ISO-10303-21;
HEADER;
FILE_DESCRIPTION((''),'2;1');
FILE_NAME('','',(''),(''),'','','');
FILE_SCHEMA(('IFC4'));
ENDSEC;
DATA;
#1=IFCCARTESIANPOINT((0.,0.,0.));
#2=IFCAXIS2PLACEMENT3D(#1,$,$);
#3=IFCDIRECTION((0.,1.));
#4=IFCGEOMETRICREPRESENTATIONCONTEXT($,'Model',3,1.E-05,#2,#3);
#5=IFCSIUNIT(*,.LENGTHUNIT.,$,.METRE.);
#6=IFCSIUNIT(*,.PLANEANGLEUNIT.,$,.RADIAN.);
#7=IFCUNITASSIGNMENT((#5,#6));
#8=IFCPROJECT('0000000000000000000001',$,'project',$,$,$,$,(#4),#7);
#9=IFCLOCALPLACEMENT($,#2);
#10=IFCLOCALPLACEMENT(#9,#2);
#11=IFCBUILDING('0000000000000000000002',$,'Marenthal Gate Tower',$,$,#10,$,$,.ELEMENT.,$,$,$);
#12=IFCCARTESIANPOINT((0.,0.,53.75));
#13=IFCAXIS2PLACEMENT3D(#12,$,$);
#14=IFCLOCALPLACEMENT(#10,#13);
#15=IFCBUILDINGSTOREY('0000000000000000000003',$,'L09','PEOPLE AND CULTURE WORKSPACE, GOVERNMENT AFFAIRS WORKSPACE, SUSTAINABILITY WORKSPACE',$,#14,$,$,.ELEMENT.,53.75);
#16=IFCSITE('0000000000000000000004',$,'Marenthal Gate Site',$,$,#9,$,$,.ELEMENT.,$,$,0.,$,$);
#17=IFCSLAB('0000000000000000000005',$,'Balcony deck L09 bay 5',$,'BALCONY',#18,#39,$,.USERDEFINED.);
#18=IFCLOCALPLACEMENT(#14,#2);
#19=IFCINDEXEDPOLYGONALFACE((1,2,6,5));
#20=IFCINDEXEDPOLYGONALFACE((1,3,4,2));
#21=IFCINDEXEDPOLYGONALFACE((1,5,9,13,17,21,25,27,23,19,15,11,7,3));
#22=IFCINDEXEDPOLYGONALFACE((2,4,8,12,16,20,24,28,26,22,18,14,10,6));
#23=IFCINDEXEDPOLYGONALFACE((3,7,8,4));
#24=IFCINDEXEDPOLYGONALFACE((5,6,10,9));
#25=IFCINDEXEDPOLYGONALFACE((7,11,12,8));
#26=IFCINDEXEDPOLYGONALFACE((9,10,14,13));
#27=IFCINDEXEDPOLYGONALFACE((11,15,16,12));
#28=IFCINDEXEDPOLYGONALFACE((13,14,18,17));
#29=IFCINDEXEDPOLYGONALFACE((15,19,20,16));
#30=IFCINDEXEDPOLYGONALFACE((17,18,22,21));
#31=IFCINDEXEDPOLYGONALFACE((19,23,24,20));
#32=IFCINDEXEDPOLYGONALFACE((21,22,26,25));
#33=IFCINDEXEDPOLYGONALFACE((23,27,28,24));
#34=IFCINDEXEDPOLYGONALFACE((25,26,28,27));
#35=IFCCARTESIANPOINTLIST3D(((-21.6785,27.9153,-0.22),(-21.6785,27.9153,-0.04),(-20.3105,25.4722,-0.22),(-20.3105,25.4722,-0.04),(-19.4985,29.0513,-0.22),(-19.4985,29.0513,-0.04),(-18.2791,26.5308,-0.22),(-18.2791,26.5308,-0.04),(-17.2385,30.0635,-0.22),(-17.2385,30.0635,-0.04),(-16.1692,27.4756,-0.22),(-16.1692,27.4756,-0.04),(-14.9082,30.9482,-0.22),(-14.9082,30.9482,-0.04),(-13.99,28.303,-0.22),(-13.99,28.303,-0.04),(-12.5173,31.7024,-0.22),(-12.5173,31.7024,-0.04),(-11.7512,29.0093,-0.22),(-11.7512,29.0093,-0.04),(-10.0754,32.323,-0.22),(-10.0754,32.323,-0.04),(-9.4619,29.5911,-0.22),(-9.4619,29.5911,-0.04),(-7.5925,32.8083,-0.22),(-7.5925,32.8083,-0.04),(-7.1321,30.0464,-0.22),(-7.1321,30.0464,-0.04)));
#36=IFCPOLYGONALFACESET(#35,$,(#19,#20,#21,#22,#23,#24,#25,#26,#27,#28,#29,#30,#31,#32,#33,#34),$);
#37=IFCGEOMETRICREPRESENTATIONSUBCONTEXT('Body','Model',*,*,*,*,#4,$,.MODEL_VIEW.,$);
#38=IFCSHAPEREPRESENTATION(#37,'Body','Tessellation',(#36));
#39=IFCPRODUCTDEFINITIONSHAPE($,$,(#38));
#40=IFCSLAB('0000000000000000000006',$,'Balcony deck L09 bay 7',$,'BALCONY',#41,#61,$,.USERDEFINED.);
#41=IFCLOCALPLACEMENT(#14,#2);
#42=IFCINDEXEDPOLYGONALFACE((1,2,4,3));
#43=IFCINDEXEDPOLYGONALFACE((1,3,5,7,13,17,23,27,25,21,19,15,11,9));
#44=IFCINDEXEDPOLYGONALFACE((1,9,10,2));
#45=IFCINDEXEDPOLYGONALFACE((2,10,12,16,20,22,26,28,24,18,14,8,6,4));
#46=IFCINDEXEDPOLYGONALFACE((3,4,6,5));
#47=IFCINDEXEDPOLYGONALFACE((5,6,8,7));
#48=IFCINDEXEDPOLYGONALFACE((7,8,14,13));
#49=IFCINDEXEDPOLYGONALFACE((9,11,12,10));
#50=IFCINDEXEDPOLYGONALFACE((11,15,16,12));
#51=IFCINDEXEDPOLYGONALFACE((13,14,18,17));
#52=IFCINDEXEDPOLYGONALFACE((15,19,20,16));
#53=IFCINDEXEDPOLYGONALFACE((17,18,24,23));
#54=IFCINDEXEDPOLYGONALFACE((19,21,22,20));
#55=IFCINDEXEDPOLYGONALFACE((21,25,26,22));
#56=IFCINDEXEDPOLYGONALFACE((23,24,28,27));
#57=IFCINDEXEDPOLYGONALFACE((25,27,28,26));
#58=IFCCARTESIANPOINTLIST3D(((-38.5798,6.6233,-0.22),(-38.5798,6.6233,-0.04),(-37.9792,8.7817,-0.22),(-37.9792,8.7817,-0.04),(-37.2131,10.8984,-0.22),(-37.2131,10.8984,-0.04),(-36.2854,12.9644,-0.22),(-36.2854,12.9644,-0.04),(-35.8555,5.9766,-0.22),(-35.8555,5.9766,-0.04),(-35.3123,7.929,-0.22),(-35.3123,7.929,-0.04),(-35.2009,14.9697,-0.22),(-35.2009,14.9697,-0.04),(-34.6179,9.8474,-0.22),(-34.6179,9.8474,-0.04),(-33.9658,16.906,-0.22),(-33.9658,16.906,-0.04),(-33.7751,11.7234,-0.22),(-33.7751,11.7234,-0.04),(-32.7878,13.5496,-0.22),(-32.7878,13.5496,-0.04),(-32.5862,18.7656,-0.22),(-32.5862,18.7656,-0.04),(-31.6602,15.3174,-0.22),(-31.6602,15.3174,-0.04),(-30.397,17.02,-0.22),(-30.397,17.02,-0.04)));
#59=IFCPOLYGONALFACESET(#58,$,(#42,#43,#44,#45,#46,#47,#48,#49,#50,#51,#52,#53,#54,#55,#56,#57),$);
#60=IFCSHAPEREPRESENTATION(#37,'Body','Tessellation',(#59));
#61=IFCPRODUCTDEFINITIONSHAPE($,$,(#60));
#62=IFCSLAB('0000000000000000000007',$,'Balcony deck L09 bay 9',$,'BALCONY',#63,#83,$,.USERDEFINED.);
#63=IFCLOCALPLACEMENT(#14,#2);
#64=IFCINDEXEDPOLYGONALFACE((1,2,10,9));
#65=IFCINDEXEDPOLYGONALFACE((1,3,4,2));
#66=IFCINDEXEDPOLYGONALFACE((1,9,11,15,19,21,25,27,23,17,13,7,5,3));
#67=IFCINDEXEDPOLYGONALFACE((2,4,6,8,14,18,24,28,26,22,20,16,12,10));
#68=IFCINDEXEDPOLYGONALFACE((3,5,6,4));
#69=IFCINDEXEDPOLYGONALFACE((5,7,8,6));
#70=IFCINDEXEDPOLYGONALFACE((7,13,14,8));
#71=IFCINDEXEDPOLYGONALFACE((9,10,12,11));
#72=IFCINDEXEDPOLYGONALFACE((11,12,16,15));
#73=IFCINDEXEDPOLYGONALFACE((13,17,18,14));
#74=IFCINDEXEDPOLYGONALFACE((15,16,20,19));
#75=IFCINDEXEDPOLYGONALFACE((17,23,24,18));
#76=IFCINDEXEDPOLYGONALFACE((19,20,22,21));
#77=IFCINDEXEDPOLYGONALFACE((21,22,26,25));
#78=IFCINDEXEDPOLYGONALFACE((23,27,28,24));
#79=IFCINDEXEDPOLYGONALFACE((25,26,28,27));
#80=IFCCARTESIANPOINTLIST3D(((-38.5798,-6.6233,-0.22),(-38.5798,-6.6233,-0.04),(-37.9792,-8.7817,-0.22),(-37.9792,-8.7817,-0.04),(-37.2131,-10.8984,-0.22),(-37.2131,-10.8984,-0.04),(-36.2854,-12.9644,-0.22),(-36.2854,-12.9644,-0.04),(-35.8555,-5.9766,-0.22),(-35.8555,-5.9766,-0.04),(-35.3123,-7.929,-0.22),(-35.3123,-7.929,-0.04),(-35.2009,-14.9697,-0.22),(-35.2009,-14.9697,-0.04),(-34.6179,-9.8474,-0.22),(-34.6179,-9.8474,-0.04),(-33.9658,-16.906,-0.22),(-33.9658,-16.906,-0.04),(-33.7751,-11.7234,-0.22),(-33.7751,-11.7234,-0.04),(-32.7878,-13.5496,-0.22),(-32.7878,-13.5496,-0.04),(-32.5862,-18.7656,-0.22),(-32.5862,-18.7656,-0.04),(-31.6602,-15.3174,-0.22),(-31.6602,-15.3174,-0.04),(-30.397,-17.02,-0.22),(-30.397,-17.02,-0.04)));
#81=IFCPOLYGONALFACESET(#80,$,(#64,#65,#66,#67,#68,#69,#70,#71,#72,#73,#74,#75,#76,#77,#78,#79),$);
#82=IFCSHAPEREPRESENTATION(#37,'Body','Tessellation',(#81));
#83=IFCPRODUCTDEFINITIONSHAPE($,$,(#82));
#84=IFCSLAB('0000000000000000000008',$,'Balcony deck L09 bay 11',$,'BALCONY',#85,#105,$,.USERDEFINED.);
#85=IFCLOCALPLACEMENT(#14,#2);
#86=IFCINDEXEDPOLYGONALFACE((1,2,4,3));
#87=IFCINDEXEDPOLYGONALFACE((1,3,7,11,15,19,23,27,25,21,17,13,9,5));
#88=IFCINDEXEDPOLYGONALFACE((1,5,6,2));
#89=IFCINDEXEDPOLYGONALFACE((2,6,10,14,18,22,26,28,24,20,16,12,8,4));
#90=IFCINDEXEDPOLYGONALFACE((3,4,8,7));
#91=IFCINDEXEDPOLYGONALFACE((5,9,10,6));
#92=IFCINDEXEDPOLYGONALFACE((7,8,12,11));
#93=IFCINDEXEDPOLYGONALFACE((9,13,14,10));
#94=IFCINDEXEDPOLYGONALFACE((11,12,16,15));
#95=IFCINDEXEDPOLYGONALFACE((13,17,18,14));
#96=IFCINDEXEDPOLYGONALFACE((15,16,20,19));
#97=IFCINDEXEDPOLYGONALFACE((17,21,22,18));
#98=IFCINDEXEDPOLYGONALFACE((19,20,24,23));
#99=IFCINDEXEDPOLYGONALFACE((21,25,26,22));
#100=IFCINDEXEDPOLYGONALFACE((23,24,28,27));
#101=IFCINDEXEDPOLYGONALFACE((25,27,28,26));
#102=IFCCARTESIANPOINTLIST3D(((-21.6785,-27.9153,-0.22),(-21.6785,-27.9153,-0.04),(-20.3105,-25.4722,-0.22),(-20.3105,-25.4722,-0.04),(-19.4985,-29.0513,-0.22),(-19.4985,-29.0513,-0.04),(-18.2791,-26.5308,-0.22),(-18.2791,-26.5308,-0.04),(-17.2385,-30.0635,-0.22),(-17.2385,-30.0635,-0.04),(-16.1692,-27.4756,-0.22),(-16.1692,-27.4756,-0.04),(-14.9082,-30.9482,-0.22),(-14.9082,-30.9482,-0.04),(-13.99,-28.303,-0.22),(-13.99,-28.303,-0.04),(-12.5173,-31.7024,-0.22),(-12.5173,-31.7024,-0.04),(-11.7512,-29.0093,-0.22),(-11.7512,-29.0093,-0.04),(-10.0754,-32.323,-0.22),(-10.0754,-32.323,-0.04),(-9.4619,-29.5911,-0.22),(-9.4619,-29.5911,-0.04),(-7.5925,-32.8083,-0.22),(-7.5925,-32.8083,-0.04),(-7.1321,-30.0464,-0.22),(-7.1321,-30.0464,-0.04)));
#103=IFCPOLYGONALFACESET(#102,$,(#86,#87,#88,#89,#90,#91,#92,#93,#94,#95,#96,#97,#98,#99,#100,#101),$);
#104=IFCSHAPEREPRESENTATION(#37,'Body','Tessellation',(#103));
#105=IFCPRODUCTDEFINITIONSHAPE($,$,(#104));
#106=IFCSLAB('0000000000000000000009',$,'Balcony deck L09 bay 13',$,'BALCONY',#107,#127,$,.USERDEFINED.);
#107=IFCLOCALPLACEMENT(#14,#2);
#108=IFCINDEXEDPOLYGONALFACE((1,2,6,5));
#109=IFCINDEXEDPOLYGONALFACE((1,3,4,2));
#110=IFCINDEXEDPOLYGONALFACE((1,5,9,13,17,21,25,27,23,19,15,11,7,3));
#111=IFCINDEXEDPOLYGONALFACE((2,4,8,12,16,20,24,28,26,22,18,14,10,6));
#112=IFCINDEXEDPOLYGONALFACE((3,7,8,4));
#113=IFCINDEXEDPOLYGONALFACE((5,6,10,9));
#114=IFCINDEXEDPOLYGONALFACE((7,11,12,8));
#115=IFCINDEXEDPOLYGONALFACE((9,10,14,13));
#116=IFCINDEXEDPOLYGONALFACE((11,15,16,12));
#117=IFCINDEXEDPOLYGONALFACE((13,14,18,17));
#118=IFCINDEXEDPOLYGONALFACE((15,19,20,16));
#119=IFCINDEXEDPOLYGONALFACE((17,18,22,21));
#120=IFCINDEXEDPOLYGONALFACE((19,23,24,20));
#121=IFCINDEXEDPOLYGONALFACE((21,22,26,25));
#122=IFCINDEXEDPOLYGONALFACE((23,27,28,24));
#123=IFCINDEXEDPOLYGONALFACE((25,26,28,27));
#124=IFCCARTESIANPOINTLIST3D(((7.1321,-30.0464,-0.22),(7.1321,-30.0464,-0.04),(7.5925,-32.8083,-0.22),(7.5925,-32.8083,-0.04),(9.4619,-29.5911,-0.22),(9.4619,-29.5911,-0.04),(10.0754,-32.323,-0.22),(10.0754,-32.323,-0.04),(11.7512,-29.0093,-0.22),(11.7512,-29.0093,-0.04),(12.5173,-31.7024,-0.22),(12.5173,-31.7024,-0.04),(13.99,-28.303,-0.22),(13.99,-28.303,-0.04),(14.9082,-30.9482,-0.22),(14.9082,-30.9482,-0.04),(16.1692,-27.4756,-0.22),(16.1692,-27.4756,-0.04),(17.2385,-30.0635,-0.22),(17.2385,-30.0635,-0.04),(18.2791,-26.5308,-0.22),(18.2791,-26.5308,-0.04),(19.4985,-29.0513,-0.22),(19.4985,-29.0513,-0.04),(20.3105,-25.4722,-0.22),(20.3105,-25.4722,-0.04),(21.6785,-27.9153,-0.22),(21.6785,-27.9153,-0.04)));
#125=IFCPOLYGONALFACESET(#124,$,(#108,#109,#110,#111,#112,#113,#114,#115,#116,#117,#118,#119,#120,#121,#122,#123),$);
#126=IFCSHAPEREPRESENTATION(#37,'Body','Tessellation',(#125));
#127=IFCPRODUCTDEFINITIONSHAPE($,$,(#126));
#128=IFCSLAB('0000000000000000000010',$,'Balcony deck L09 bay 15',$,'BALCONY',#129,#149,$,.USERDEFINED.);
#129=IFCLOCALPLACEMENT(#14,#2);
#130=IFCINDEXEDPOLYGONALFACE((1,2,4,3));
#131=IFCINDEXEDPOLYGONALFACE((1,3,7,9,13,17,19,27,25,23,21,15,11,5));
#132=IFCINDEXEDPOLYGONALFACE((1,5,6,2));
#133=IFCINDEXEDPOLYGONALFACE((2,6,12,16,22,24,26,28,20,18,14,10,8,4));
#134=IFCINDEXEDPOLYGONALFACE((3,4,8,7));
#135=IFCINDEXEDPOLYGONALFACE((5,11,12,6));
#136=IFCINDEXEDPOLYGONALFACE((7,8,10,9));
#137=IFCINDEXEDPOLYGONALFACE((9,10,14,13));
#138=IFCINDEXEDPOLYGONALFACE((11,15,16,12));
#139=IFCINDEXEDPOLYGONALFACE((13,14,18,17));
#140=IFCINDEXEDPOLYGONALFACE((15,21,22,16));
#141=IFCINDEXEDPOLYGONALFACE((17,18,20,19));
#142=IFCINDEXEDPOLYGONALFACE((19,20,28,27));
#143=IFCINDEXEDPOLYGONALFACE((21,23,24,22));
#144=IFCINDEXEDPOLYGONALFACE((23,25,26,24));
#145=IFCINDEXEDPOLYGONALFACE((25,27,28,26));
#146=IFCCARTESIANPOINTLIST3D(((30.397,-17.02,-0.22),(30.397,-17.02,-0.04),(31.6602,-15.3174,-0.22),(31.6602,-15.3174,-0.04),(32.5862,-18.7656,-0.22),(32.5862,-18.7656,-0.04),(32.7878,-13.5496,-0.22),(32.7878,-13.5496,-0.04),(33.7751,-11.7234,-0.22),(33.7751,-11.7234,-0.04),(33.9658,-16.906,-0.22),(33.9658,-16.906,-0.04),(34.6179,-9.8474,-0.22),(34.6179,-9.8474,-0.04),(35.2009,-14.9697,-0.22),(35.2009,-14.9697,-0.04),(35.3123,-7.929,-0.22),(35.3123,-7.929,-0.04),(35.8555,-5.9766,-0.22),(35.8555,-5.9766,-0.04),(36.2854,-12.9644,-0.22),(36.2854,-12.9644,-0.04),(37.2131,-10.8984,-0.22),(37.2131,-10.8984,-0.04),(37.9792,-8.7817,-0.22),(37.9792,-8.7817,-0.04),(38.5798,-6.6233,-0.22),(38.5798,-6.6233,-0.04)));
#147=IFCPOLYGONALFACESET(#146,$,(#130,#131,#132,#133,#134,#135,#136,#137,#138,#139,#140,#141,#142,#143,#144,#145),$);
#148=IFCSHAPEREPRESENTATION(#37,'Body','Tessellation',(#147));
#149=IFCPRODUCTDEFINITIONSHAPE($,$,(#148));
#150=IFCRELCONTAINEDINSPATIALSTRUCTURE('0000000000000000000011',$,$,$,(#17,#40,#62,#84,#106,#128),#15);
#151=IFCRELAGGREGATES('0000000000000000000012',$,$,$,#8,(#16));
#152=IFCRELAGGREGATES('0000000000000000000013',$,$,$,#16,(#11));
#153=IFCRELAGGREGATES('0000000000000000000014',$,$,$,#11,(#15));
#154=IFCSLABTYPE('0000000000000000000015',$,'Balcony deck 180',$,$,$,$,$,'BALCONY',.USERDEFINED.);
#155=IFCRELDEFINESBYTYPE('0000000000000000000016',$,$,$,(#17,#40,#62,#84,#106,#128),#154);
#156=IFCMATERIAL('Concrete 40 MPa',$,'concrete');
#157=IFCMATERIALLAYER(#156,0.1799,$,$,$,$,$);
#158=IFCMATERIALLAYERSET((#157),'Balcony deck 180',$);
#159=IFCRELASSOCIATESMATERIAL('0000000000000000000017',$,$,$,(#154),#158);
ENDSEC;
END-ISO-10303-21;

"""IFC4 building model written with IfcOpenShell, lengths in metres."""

from ifc_helpers import new_model, si_unit, direction, frame, origin, place, context, subcontext, project, spatial, polyline, outline, extrude, material, layer, layer_set, type_object, element, save


model = new_model("IFC4")

# Units and contexts
model_context = context("Model", 3, precision=1e-05, world=origin(), true_north=direction((0.0, 1.0)))
body_context = subcontext(model_context, "Body", "Model", "MODEL_VIEW")
ifc_project = project(units=[si_unit("LENGTHUNIT", "METRE"), si_unit("PLANEANGLEUNIT", "RADIAN")], contexts=[model_context])

# Site, building, storey
site_placement = place(None, origin())
site = spatial("IfcSite", under=ifc_project, at=site_placement, Name="Marenthal Gate Site", CompositionType="ELEMENT", RefElevation=0.0)
building_placement = place(site_placement, origin())
building = spatial("IfcBuilding", under=site, at=building_placement, Name="Marenthal Gate Tower", CompositionType="ELEMENT")
storey_placement = place(building_placement, frame((0.0, 0.0, 53.75)))
storey = spatial("IfcBuildingStorey", under=building, at=storey_placement, Name="L09", Description="PEOPLE AND CULTURE WORKSPACE, GOVERNMENT AFFAIRS WORKSPACE, SUSTAINABILITY WORKSPACE", CompositionType="ELEMENT", Elevation=53.75)

# Slabs
ifc_material_1 = material(Name="Concrete 40 MPa", Category="concrete")
ifc_layer_1 = layer(ifc_material_1, 0.1799)
ifc_layer_set_1 = layer_set([ifc_layer_1], Name="Balcony deck 180")
slab_type_1 = type_object("IfcSlabType", Name="Balcony deck 180", ElementType="BALCONY", PredefinedType="USERDEFINED", material=ifc_layer_set_1)
slab_1_placement = place(storey_placement, frame((0.0, 0.0, -0.22)))
element("IfcSlab", 1, at=slab_1_placement, inside=storey, type_object=slab_type_1, Name="Balcony deck L09 bay 5", ObjectType="BALCONY", PredefinedType="USERDEFINED", context=body_context, shape_type="SweptSolid", body=[
    extrude(outline(polyline([(-7.1321, 30.0464), (-9.4619, 29.5911), (-11.7512, 29.0093), (-13.99, 28.303), (-16.1692, 27.4756), (-18.2791, 26.5308), (-20.3105, 25.4722), (-21.6785, 27.9153), (-19.4985, 29.0513), (-17.2385, 30.0635), (-14.9082, 30.9482), (-12.5173, 31.7024), (-10.0754, 32.323), (-7.5925, 32.8083), (-7.1321, 30.0464)])), origin(), (0.0, 0.0, 1.0), 0.1799),
])
slab_2_placement = place(storey_placement, frame((0.0, 0.0, -0.22)))
element("IfcSlab", 2, at=slab_2_placement, inside=storey, type_object=slab_type_1, Name="Balcony deck L09 bay 7", ObjectType="BALCONY", PredefinedType="USERDEFINED", context=body_context, shape_type="SweptSolid", body=[
    extrude(outline(polyline([(-30.397, 17.02), (-31.6602, 15.3174), (-32.7878, 13.5496), (-33.7751, 11.7234), (-34.6179, 9.8474), (-35.3123, 7.929), (-35.8555, 5.9766), (-38.5798, 6.6233), (-37.9792, 8.7817), (-37.2131, 10.8984), (-36.2854, 12.9644), (-35.2009, 14.9697), (-33.9658, 16.906), (-32.5862, 18.7656), (-30.397, 17.02)])), origin(), (0.0, 0.0, 1.0), 0.1799),
])
slab_3_placement = place(storey_placement, frame((0.0, 0.0, -0.22)))
element("IfcSlab", 3, at=slab_3_placement, inside=storey, type_object=slab_type_1, Name="Balcony deck L09 bay 9", ObjectType="BALCONY", PredefinedType="USERDEFINED", context=body_context, shape_type="SweptSolid", body=[
    extrude(outline(polyline([(-35.8555, -5.9766), (-35.3123, -7.929), (-34.6179, -9.8474), (-33.7751, -11.7234), (-32.7878, -13.5496), (-31.6602, -15.3174), (-30.397, -17.02), (-32.5862, -18.7656), (-33.9658, -16.906), (-35.2009, -14.9697), (-36.2854, -12.9644), (-37.2131, -10.8984), (-37.9792, -8.7817), (-38.5798, -6.6233), (-35.8555, -5.9766)])), origin(), (0.0, 0.0, 1.0), 0.1799),
])
slab_4_placement = place(storey_placement, frame((0.0, 0.0, -0.22)))
element("IfcSlab", 4, at=slab_4_placement, inside=storey, type_object=slab_type_1, Name="Balcony deck L09 bay 11", ObjectType="BALCONY", PredefinedType="USERDEFINED", context=body_context, shape_type="SweptSolid", body=[
    extrude(outline(polyline([(-20.3105, -25.4722), (-18.2791, -26.5308), (-16.1692, -27.4756), (-13.99, -28.303), (-11.7512, -29.0093), (-9.4619, -29.5911), (-7.1321, -30.0464), (-7.5925, -32.8083), (-10.0754, -32.323), (-12.5173, -31.7024), (-14.9082, -30.9482), (-17.2385, -30.0635), (-19.4985, -29.0513), (-21.6785, -27.9153), (-20.3105, -25.4722)])), origin(), (0.0, 0.0, 1.0), 0.1799),
])
slab_5_placement = place(storey_placement, frame((0.0, 0.0, -0.22)))
element("IfcSlab", 5, at=slab_5_placement, inside=storey, type_object=slab_type_1, Name="Balcony deck L09 bay 13", ObjectType="BALCONY", PredefinedType="USERDEFINED", context=body_context, shape_type="SweptSolid", body=[
    extrude(outline(polyline([(7.1321, -30.0464), (9.4619, -29.5911), (11.7512, -29.0093), (13.99, -28.303), (16.1692, -27.4756), (18.2791, -26.5308), (20.3105, -25.4722), (21.6785, -27.9153), (19.4985, -29.0513), (17.2385, -30.0635), (14.9082, -30.9482), (12.5173, -31.7024), (10.0754, -32.323), (7.5925, -32.8083), (7.1321, -30.0464)])), origin(), (0.0, 0.0, 1.0), 0.1799),
])
slab_6_placement = place(storey_placement, frame((0.0, 0.0, -0.22)))
element("IfcSlab", 6, at=slab_6_placement, inside=storey, type_object=slab_type_1, Name="Balcony deck L09 bay 15", ObjectType="BALCONY", PredefinedType="USERDEFINED", context=body_context, shape_type="SweptSolid", body=[
    extrude(outline(polyline([(30.397, -17.02), (31.6602, -15.3174), (32.7878, -13.5496), (33.7751, -11.7234), (34.6179, -9.8474), (35.3123, -7.929), (35.8555, -5.9766), (38.5798, -6.6233), (37.9792, -8.7817), (37.2131, -10.8984), (36.2854, -12.9644), (35.2009, -14.9697), (33.9658, -16.906), (32.5862, -18.7656), (30.397, -17.02)])), origin(), (0.0, 0.0, 1.0), 0.1799),
])

save(model, "model.ifc")
